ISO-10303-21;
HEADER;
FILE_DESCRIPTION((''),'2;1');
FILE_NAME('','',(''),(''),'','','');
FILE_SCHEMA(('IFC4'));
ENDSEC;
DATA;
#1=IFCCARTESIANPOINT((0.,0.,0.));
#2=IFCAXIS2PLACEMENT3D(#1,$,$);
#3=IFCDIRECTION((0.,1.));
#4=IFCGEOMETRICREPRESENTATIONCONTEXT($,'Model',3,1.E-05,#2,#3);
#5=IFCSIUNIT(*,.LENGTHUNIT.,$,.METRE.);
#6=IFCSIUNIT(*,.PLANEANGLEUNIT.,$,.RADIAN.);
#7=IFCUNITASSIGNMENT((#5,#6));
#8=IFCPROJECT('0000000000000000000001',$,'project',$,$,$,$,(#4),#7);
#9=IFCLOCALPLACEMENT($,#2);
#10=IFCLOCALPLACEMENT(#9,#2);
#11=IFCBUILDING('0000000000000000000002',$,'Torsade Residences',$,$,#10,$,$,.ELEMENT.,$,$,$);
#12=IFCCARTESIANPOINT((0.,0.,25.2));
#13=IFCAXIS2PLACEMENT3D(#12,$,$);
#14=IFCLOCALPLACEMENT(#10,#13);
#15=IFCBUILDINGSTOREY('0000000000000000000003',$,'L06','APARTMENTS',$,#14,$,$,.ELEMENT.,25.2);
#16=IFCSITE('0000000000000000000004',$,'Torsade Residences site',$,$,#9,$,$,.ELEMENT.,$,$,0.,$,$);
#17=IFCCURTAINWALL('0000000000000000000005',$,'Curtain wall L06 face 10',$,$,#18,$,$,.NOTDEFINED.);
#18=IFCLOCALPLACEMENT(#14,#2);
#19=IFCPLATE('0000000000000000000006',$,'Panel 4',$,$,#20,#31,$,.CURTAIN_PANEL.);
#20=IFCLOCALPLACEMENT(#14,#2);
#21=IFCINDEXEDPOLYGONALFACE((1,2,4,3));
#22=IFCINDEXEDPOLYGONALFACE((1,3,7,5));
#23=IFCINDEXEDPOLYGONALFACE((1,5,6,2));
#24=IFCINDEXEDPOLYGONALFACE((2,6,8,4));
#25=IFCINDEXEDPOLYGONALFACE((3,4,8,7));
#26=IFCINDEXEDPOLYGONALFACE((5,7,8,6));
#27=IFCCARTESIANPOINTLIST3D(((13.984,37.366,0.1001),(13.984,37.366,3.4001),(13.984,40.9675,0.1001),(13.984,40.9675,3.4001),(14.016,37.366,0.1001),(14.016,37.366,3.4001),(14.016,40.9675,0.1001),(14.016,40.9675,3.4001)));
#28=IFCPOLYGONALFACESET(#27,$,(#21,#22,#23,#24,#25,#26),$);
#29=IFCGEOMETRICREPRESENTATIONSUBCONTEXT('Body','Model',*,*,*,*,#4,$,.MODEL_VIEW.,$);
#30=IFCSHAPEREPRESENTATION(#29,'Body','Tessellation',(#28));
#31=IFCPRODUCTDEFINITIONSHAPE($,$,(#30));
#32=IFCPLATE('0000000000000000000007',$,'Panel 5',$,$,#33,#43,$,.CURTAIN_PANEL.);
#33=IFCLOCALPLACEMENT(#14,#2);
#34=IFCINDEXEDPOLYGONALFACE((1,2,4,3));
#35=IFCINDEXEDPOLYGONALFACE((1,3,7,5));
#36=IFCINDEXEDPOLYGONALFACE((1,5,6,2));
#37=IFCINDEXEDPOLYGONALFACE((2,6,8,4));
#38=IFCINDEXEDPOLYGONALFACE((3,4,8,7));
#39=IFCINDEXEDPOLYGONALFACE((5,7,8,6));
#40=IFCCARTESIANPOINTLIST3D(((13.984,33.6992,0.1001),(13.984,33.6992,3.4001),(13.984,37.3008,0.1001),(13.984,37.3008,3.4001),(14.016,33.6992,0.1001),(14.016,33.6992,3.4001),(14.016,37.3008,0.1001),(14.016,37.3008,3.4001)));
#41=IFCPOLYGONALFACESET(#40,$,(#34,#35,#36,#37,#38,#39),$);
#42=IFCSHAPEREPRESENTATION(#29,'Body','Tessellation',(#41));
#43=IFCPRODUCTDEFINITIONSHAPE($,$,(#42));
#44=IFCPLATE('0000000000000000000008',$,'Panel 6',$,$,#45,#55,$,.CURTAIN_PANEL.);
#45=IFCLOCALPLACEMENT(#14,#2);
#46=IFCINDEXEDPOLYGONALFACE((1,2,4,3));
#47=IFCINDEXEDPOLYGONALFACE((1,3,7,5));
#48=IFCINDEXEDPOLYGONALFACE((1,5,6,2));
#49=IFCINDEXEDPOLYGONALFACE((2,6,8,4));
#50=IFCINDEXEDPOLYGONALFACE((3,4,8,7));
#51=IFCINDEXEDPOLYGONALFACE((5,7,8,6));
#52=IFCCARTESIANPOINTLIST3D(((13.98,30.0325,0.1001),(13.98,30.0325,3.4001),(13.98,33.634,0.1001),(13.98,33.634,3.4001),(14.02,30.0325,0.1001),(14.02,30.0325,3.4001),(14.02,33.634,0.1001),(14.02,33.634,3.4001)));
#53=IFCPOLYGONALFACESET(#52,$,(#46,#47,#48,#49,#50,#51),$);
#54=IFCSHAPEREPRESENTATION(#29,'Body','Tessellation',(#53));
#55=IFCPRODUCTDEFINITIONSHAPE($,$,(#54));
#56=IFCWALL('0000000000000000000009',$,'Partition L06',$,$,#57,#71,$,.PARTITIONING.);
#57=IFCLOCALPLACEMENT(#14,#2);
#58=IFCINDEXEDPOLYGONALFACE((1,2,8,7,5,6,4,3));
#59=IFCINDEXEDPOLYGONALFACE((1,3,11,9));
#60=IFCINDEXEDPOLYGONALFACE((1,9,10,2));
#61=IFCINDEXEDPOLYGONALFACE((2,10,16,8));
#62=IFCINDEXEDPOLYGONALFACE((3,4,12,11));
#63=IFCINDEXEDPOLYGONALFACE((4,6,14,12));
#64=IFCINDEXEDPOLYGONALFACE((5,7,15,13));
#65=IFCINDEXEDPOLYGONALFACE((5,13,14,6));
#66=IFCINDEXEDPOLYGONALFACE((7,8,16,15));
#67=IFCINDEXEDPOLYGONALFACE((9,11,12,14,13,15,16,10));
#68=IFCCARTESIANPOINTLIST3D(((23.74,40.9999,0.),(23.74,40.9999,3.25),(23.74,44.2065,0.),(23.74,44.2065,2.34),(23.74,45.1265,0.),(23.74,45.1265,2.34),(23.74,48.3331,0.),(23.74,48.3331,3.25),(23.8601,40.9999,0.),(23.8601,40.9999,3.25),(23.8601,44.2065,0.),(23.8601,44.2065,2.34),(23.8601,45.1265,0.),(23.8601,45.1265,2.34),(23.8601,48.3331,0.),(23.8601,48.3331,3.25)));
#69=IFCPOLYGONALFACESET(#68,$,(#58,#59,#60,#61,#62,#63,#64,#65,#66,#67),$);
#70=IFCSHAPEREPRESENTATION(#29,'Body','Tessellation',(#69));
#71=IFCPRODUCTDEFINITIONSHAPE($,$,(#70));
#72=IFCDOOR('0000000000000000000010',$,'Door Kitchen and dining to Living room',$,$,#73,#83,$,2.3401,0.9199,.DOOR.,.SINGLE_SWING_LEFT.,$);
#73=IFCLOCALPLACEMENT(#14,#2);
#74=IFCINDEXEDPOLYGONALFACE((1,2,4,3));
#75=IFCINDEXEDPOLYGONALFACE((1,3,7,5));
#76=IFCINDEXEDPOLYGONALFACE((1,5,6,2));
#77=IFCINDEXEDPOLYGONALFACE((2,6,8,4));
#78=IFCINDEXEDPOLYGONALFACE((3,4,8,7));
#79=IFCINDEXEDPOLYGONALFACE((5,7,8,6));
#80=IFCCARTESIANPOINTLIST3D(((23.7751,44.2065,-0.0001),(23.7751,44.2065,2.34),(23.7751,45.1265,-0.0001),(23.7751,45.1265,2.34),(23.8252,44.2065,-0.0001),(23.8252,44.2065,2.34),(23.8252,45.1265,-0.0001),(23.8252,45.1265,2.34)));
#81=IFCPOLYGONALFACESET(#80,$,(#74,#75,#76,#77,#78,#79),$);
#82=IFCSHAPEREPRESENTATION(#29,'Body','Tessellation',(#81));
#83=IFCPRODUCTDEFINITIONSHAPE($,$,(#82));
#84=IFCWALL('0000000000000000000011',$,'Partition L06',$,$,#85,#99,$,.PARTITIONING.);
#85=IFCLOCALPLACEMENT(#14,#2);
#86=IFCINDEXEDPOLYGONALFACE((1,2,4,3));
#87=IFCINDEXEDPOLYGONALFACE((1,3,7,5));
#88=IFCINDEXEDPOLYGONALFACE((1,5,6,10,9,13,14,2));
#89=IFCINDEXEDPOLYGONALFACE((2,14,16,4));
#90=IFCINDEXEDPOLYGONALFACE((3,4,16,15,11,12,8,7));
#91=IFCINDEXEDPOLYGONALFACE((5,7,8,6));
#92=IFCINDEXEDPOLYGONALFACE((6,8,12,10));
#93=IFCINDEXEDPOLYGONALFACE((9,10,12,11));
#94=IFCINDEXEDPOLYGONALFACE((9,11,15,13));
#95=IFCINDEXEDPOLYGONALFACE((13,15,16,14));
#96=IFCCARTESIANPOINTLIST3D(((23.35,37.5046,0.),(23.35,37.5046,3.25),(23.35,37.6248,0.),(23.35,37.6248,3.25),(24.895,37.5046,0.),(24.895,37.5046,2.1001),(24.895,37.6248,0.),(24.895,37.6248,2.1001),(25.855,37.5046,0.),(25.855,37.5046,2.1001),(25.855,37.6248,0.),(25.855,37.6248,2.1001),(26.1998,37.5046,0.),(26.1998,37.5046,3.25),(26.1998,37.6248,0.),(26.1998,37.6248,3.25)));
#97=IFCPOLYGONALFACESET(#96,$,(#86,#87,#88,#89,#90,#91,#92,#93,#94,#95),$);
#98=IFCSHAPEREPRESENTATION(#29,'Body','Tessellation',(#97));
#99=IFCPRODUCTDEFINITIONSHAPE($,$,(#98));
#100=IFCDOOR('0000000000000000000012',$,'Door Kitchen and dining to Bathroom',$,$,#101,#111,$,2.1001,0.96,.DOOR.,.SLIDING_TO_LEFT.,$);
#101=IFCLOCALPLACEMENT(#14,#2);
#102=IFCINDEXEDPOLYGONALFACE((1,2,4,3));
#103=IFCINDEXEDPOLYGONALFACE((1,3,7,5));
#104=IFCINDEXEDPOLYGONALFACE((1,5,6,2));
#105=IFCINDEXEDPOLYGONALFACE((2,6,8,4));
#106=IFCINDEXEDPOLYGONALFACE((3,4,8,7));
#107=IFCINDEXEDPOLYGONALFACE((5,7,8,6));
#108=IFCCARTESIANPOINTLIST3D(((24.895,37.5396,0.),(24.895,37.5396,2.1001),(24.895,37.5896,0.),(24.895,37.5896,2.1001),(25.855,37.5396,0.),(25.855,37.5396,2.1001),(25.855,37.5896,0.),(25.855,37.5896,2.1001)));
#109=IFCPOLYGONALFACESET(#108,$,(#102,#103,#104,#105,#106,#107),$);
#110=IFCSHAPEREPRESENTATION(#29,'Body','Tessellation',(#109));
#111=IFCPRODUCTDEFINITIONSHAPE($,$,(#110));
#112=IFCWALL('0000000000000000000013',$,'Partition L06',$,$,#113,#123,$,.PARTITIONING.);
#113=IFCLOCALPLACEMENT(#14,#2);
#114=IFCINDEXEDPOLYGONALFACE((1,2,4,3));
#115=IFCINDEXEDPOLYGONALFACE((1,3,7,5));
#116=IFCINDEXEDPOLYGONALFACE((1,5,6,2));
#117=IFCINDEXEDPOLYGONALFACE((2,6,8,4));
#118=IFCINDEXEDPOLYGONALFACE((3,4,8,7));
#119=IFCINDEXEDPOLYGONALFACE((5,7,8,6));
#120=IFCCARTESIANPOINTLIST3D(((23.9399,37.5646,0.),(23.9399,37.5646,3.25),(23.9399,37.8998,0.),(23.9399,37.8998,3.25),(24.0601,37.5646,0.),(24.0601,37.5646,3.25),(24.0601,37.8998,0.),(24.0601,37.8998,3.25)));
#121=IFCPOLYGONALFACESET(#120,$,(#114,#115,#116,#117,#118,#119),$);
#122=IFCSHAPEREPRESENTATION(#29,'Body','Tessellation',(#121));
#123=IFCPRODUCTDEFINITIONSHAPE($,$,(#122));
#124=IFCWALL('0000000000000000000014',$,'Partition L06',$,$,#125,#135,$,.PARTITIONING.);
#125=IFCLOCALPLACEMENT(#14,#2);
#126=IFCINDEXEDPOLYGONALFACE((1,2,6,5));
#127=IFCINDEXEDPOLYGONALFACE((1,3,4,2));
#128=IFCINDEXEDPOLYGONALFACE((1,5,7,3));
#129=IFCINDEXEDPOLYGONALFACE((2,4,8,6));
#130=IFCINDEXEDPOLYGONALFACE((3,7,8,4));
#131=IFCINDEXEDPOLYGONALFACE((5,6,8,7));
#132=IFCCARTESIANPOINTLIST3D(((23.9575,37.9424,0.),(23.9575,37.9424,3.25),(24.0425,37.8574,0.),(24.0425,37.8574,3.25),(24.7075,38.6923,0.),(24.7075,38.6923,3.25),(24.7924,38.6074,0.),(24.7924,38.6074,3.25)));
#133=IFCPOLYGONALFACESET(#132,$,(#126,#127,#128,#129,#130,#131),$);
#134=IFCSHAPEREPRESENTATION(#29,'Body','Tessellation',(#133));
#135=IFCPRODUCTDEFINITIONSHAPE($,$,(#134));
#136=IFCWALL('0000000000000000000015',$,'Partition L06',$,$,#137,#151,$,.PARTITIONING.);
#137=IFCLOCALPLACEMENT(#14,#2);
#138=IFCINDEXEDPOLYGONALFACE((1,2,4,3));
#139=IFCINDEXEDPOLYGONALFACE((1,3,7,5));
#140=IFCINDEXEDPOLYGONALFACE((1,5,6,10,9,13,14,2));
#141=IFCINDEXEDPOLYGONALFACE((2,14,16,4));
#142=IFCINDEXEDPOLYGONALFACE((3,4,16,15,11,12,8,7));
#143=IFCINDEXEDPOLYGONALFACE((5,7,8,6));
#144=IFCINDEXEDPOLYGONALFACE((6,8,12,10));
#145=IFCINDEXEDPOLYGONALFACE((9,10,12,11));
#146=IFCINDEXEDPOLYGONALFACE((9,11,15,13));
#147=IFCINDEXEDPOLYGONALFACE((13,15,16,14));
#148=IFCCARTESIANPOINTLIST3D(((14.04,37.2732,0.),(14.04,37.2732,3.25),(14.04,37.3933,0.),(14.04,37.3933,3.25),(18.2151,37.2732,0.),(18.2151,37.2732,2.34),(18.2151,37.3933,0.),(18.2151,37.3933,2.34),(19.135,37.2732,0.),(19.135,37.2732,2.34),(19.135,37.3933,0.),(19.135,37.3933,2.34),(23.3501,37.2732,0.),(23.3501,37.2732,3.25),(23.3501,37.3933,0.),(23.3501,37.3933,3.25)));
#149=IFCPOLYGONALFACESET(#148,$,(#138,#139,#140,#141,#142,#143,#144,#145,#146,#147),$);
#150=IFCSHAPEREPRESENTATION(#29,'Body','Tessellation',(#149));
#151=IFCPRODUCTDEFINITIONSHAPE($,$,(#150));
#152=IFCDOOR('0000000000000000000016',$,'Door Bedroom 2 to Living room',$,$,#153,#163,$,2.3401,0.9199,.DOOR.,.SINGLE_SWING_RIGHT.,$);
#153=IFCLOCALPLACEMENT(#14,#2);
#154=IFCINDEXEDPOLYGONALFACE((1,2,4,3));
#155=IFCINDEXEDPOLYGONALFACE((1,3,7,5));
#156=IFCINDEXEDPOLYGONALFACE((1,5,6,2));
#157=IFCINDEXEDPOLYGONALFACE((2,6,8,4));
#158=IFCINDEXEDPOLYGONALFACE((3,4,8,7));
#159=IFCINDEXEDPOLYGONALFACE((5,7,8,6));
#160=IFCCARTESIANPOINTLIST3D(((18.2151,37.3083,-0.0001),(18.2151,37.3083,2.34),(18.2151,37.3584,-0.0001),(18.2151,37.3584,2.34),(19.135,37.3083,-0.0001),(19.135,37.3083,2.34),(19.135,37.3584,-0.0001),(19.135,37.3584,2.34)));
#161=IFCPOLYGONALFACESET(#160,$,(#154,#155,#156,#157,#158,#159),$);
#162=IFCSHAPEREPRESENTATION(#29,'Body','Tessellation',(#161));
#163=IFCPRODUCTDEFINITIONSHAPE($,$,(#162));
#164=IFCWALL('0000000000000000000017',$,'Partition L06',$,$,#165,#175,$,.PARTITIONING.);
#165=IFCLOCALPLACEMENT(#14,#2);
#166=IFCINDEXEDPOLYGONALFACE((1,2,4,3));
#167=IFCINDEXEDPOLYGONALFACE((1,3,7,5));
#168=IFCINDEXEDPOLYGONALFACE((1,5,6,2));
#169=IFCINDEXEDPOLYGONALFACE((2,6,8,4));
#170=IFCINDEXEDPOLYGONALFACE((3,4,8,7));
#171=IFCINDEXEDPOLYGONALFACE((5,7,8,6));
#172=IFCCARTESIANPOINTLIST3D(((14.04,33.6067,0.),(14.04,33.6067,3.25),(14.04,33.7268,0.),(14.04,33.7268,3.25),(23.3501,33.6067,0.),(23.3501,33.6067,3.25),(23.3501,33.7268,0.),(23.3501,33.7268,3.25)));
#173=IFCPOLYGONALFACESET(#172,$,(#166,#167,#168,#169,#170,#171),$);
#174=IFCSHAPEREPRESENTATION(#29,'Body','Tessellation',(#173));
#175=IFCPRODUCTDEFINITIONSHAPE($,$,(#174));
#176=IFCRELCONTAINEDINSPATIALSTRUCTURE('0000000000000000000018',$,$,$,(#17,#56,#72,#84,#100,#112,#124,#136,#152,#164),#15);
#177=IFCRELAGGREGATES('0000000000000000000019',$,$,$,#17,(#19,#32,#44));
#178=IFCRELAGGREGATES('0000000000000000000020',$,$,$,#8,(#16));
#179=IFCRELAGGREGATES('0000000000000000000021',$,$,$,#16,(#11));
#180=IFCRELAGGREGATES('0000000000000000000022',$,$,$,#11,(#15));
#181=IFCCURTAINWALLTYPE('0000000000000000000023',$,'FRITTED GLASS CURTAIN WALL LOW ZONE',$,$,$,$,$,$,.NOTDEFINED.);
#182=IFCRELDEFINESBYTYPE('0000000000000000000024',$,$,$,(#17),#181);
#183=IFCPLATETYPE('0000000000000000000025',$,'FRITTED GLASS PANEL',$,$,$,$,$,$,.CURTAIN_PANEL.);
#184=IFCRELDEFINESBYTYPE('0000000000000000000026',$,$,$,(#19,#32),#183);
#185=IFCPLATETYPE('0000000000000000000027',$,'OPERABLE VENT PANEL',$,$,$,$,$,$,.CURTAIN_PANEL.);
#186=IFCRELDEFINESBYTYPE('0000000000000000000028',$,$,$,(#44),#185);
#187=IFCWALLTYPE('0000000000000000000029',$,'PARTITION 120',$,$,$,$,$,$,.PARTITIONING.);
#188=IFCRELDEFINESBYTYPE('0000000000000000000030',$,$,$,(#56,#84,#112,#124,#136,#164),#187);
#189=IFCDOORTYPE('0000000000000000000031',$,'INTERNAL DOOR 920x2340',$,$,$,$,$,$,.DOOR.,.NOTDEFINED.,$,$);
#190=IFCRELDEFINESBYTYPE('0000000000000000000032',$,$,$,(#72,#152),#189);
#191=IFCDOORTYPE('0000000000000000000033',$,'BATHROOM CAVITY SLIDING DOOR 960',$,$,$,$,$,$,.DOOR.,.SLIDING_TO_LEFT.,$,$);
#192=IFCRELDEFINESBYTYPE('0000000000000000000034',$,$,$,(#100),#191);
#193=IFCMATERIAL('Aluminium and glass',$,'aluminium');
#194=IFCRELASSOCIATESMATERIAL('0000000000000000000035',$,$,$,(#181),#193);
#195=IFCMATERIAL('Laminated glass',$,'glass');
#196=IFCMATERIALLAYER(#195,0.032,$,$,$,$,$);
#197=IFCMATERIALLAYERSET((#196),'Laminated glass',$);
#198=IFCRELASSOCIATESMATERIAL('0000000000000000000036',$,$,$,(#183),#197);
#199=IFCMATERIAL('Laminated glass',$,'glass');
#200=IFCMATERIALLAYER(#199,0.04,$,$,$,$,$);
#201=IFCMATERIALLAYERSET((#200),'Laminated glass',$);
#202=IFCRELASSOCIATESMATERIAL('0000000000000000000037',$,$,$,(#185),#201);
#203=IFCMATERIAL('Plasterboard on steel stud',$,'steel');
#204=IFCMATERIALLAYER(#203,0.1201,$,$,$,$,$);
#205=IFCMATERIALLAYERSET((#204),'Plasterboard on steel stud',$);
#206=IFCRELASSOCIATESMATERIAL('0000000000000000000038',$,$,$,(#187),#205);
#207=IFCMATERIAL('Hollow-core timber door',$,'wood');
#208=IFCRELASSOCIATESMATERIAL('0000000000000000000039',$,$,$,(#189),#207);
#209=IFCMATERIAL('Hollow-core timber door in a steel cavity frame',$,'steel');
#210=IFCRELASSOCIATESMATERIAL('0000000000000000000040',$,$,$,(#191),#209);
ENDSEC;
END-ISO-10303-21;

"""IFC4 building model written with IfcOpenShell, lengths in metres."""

from ifc_helpers import new_model, si_unit, direction, frame, frame_2d, origin, origin_2d, place, context, subcontext, project, spatial, rectangle, extrude, material, layer, layer_set, type_object, element, fill, aggregate, save


model = new_model("IFC4")

# Units and contexts
model_context = context("Model", 3, precision=1e-05, world=origin(), true_north=direction((0.0, 1.0)))
body_context = subcontext(model_context, "Body", "Model", "MODEL_VIEW")
ifc_project = project(units=[si_unit("LENGTHUNIT", "METRE"), si_unit("PLANEANGLEUNIT", "RADIAN")], contexts=[model_context])

# Site, building, storey
site_placement = place(None, origin())
site = spatial("IfcSite", under=ifc_project, at=site_placement, Name="Torsade Residences site", CompositionType="ELEMENT", RefElevation=0.0)
building_placement = place(site_placement, origin())
building = spatial("IfcBuilding", under=site, at=building_placement, Name="Torsade Residences", CompositionType="ELEMENT")
storey_placement = place(building_placement, frame((0.0, 0.0, 25.2)))
storey = spatial("IfcBuildingStorey", under=building, at=storey_placement, Name="L06", Description="APARTMENTS", CompositionType="ELEMENT", Elevation=25.2)

# Curtain wall
ifc_material_1 = material(Name="Aluminium and glass", Category="aluminium")
curtain_wall_type = type_object("IfcCurtainWallType", Name="FRITTED GLASS CURTAIN WALL LOW ZONE", PredefinedType="NOTDEFINED", material=ifc_material_1)
curtain_wall_placement = place(storey_placement, origin())
curtain_wall = element("IfcCurtainWall", 1, at=curtain_wall_placement, inside=storey, type_object=curtain_wall_type, Name="Curtain wall L06 face 10", PredefinedType="NOTDEFINED")

# Plates
ifc_material_2 = material(Name="Laminated glass", Category="glass")
ifc_layer_1 = layer(ifc_material_2, 0.032)
ifc_layer_set_1 = layer_set([ifc_layer_1], Name="Laminated glass")
plate_type_1 = type_object("IfcPlateType", Name="FRITTED GLASS PANEL", PredefinedType="CURTAIN_PANEL", material=ifc_layer_set_1)
plate_1_placement = place(storey_placement, frame((14.0, 39.1667, 0.1001), z_axis=(0.0, 0.0, 1.0), x_axis=(0.0, -1.0, 0.0)))
plate_1 = element("IfcPlate", 2, at=plate_1_placement, type_object=plate_type_1, Name="Panel 4", PredefinedType="CURTAIN_PANEL", context=body_context, shape_type="SweptSolid", body=[
    extrude(rectangle(XDim=3.6016, YDim=0.032, at=origin_2d()), origin(), (0.0, 0.0, 1.0), 3.3),
])
plate_2_placement = place(storey_placement, frame((14.0, 35.5, 0.1001), z_axis=(0.0, 0.0, 1.0), x_axis=(0.0, -1.0, 0.0)))
plate_2 = element("IfcPlate", 3, at=plate_2_placement, type_object=plate_type_1, Name="Panel 5", PredefinedType="CURTAIN_PANEL", context=body_context, shape_type="SweptSolid", body=[
    extrude(rectangle(XDim=3.6016, YDim=0.032, at=origin_2d()), origin(), (0.0, 0.0, 1.0), 3.3),
])
ifc_material_3 = material(Name="Laminated glass", Category="glass")
ifc_layer_2 = layer(ifc_material_3, 0.04)
ifc_layer_set_2 = layer_set([ifc_layer_2], Name="Laminated glass")
plate_type_2 = type_object("IfcPlateType", Name="OPERABLE VENT PANEL", PredefinedType="CURTAIN_PANEL", material=ifc_layer_set_2)
plate_3_placement = place(storey_placement, frame((14.0, 31.8333, 0.1001), z_axis=(0.0, 0.0, 1.0), x_axis=(0.0, -1.0, 0.0)))
plate_3 = element("IfcPlate", 4, at=plate_3_placement, type_object=plate_type_2, Name="Panel 6", PredefinedType="CURTAIN_PANEL", context=body_context, shape_type="SweptSolid", body=[
    extrude(rectangle(XDim=3.6016, YDim=0.04, at=origin_2d()), origin(), (0.0, 0.0, 1.0), 3.3),
])
aggregate(curtain_wall, [plate_1, plate_2, plate_3])

# Walls, openings, doors
ifc_material_4 = material(Name="Plasterboard on steel stud", Category="steel")
ifc_layer_3 = layer(ifc_material_4, 0.1201)
ifc_layer_set_3 = layer_set([ifc_layer_3], Name="Plasterboard on steel stud")
wall_type_1 = type_object("IfcWallType", Name="PARTITION 120", PredefinedType="PARTITIONING", material=ifc_layer_set_3)
wall_1_placement = place(storey_placement, frame((23.8, 41.0, 0.0), z_axis=(0.0, 0.0, 1.0), x_axis=(0.0, 1.0, 0.0)))
wall_1 = element("IfcWall", 5, at=wall_1_placement, inside=storey, type_object=wall_type_1, Name="Partition L06", PredefinedType="PARTITIONING", context=body_context, shape_type="SweptSolid", body=[
    extrude(rectangle(XDim=7.3333, YDim=0.1201, at=frame_2d((3.6665, 0.0))), origin(), (0.0, 0.0, 1.0), 3.25),
])
opening_1_placement = place(wall_1_placement, frame((3.2065, 0.0, 0.0)))
opening_1 = element("IfcOpeningElement", 6, at=opening_1_placement, cuts=wall_1, PredefinedType="OPENING", context=body_context, shape_type="SweptSolid", body=[
    extrude(rectangle(XDim=0.9199, YDim=2.3401, at=frame_2d((0.46, 1.1699))), frame((0.0, 0.0701, 0.0), z_axis=(0.0, -1.0, 0.0), x_axis=(1.0, 0.0, 0.0)), (0.0, 0.0, 1.0), 0.1401),
])
ifc_material_5 = material(Name="Hollow-core timber door", Category="wood")
door_type_1 = type_object("IfcDoorType", Name="INTERNAL DOOR 920x2340", OperationType="NOTDEFINED", PredefinedType="DOOR", material=ifc_material_5)
door_1_placement = place(opening_1_placement, origin())
door_1 = element("IfcDoor", 7, at=door_1_placement, inside=storey, type_object=door_type_1, Name="Door Kitchen and dining to Living room", OperationType="SINGLE_SWING_LEFT", OverallHeight=2.3401, OverallWidth=0.9199, PredefinedType="DOOR", context=body_context, shape_type="SweptSolid", body=[
    extrude(rectangle(XDim=0.9199, YDim=2.3401, at=frame_2d((0.46, 1.1699))), frame((0.0, 0.0249, 0.0), z_axis=(0.0, -1.0, 0.0), x_axis=(1.0, 0.0, 0.0)), (0.0, 0.0, 1.0), 0.05),
])
fill(opening_1, door_1)
wall_2_placement = place(storey_placement, frame((23.3501, 37.5647, 0.0), z_axis=(0.0, 0.0, 1.0), x_axis=(1.0, 0.0, 0.0)))
wall_2 = element("IfcWall", 8, at=wall_2_placement, inside=storey, type_object=wall_type_1, Name="Partition L06", PredefinedType="PARTITIONING", context=body_context, shape_type="SweptSolid", body=[
    extrude(rectangle(XDim=2.8499, YDim=0.1201, at=frame_2d((1.4248, 0.0))), origin(), (0.0, 0.0, 1.0), 3.25),
])
opening_2_placement = place(wall_2_placement, frame((1.5449, 0.0, 0.0)))
opening_2 = element("IfcOpeningElement", 9, at=opening_2_placement, cuts=wall_2, PredefinedType="OPENING", context=body_context, shape_type="SweptSolid", body=[
    extrude(rectangle(XDim=0.96, YDim=2.1001, at=frame_2d((0.48, 1.05))), frame((0.0, 0.0701, 0.0), z_axis=(0.0, -1.0, 0.0), x_axis=(1.0, 0.0, 0.0)), (0.0, 0.0, 1.0), 0.1401),
])
ifc_material_6 = material(Name="Hollow-core timber door in a steel cavity frame", Category="steel")
door_type_2 = type_object("IfcDoorType", Name="BATHROOM CAVITY SLIDING DOOR 960", OperationType="SLIDING_TO_LEFT", PredefinedType="DOOR", material=ifc_material_6)
door_2_placement = place(opening_2_placement, origin())
door_2 = element("IfcDoor", 10, at=door_2_placement, inside=storey, type_object=door_type_2, Name="Door Kitchen and dining to Bathroom", OperationType="SLIDING_TO_LEFT", OverallHeight=2.1001, OverallWidth=0.96, PredefinedType="DOOR", context=body_context, shape_type="SweptSolid", body=[
    extrude(rectangle(XDim=0.96, YDim=2.1001, at=frame_2d((0.48, 1.05))), frame((0.0, 0.0249, 0.0), z_axis=(0.0, -1.0, 0.0), x_axis=(1.0, 0.0, 0.0)), (0.0, 0.0, 1.0), 0.05),
])
fill(opening_2, door_2)

# Walls
wall_3_placement = place(storey_placement, frame((24.0, 37.5647, 0.0), z_axis=(0.0, 0.0, 1.0), x_axis=(0.0, 1.0, 0.0)))
element("IfcWall", 11, at=wall_3_placement, inside=storey, type_object=wall_type_1, Name="Partition L06", PredefinedType="PARTITIONING", context=body_context, shape_type="SweptSolid", body=[
    extrude(rectangle(XDim=0.3352, YDim=0.1201, at=frame_2d((0.1675, 0.0))), origin(), (0.0, 0.0, 1.0), 3.25),
])
wall_4_placement = place(storey_placement, frame((24.0, 37.8999, 0.0), z_axis=(0.0, 0.0, 1.0), x_axis=(0.707107, 0.707107, 0.0)))
element("IfcWall", 12, at=wall_4_placement, inside=storey, type_object=wall_type_1, Name="Partition L06", PredefinedType="PARTITIONING", context=body_context, shape_type="SweptSolid", body=[
    extrude(rectangle(XDim=1.0605, YDim=0.1201, at=frame_2d((0.5303, 0.0))), origin(), (0.0, 0.0, 1.0), 3.25),
])

# Wall, opening, door
wall_5_placement = place(storey_placement, frame((23.3501, 37.3333, 0.0), z_axis=(0.0, 0.0, 1.0), x_axis=(-1.0, 0.0, 0.0)))
wall_5 = element("IfcWall", 13, at=wall_5_placement, inside=storey, type_object=wall_type_1, Name="Partition L06", PredefinedType="PARTITIONING", context=body_context, shape_type="SweptSolid", body=[
    extrude(rectangle(XDim=9.3101, YDim=0.1201, at=frame_2d((4.655, 0.0))), origin(), (0.0, 0.0, 1.0), 3.25),
])
opening_3_placement = place(wall_5_placement, frame((4.2151, 0.0, 0.0)))
opening_3 = element("IfcOpeningElement", 14, at=opening_3_placement, cuts=wall_5, PredefinedType="OPENING", context=body_context, shape_type="SweptSolid", body=[
    extrude(rectangle(XDim=0.9199, YDim=2.3401, at=frame_2d((0.46, 1.1699))), frame((0.0, 0.0701, 0.0), z_axis=(0.0, -1.0, 0.0), x_axis=(1.0, 0.0, 0.0)), (0.0, 0.0, 1.0), 0.1401),
])
door_3_placement = place(opening_3_placement, origin())
door_3 = element("IfcDoor", 15, at=door_3_placement, inside=storey, type_object=door_type_1, Name="Door Bedroom 2 to Living room", OperationType="SINGLE_SWING_RIGHT", OverallHeight=2.3401, OverallWidth=0.9199, PredefinedType="DOOR", context=body_context, shape_type="SweptSolid", body=[
    extrude(rectangle(XDim=0.9199, YDim=2.3401, at=frame_2d((0.46, 1.1699))), frame((0.0, 0.0249, 0.0), z_axis=(0.0, -1.0, 0.0), x_axis=(1.0, 0.0, 0.0)), (0.0, 0.0, 1.0), 0.05),
])
fill(opening_3, door_3)

# Wall
wall_6_placement = place(storey_placement, frame((14.04, 33.6667, 0.0), z_axis=(0.0, 0.0, 1.0), x_axis=(1.0, 0.0, 0.0)))
element("IfcWall", 16, at=wall_6_placement, inside=storey, type_object=wall_type_1, Name="Partition L06", PredefinedType="PARTITIONING", context=body_context, shape_type="SweptSolid", body=[
    extrude(rectangle(XDim=9.3101, YDim=0.1201, at=frame_2d((4.655, 0.0))), origin(), (0.0, 0.0, 1.0), 3.25),
])

save(model, "model.ifc")
